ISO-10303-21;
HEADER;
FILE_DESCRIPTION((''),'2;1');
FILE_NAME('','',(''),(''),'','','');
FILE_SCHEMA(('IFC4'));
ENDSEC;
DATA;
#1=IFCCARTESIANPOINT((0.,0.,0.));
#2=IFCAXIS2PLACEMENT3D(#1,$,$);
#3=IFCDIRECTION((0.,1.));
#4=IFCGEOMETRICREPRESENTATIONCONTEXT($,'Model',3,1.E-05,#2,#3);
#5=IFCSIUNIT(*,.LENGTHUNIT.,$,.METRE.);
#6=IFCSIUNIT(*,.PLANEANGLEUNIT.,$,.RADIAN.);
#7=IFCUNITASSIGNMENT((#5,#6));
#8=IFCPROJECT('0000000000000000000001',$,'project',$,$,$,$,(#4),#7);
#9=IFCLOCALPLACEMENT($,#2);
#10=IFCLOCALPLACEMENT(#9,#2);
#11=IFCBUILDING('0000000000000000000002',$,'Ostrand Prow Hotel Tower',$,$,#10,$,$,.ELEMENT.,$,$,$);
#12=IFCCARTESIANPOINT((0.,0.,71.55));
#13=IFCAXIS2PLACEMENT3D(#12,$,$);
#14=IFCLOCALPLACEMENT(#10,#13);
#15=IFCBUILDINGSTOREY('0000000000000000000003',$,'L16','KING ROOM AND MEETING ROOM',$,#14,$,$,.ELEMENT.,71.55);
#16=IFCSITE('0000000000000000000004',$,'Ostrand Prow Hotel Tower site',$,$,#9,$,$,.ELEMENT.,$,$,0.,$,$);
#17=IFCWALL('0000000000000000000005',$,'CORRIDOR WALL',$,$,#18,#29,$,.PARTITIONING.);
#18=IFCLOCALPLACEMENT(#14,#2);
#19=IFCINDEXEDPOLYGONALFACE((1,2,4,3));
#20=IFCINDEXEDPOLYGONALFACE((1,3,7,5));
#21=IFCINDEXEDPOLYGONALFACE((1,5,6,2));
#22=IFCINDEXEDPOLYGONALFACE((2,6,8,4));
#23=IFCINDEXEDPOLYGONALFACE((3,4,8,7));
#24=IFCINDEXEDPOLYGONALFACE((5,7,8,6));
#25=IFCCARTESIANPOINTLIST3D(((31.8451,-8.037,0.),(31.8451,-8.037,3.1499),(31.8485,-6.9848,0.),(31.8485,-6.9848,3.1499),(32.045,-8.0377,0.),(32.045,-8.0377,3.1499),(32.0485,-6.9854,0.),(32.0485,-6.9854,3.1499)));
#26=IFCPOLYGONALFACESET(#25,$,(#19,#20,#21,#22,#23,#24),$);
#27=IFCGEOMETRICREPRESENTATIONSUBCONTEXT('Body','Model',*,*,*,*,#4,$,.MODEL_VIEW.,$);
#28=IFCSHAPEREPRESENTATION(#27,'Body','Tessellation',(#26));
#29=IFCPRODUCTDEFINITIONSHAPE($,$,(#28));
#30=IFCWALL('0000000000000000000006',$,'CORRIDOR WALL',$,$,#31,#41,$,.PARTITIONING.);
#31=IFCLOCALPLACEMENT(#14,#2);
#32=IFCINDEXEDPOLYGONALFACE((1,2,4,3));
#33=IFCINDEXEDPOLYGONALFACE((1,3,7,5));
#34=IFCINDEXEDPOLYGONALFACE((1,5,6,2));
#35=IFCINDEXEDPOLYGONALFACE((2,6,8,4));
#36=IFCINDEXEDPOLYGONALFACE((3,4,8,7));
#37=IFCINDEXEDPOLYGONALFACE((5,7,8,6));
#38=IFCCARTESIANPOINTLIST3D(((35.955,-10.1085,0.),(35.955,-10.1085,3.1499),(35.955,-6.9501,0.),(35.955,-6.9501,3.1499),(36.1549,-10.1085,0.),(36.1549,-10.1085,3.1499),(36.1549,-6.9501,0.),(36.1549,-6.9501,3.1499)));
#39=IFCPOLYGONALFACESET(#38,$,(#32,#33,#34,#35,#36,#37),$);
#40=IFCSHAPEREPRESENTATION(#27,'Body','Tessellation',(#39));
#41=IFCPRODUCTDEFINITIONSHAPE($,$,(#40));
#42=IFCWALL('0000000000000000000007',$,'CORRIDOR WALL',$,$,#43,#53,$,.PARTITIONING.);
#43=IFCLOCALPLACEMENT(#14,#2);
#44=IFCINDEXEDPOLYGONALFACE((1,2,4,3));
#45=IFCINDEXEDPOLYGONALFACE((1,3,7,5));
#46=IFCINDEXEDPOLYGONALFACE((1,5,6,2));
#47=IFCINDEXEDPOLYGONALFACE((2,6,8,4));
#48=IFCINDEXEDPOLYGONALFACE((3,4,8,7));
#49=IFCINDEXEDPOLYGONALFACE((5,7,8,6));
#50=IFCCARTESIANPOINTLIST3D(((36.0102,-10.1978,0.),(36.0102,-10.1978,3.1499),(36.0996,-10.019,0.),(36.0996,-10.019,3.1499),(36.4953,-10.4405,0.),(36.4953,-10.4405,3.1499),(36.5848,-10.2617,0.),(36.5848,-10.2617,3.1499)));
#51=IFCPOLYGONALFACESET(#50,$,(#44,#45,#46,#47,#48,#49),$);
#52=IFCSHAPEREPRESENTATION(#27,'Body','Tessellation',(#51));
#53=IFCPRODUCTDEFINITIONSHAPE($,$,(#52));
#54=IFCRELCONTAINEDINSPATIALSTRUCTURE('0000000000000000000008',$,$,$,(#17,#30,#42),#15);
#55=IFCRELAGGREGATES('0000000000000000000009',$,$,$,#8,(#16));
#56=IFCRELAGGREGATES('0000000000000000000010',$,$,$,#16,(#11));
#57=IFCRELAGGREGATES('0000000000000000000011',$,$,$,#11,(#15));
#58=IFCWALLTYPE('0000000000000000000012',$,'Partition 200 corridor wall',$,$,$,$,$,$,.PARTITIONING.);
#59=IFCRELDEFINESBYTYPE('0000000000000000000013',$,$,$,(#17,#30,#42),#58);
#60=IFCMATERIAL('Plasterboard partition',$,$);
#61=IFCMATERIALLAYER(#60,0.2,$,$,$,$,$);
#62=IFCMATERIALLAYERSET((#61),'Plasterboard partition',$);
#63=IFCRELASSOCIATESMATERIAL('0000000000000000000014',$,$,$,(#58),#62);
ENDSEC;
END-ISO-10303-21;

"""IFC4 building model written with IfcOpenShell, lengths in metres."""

from ifc_helpers import new_model, si_unit, direction, frame, frame_2d, origin, place, context, subcontext, project, spatial, rectangle, extrude, material, layer, layer_set, type_object, element, save


model = new_model("IFC4")

# Units and contexts
model_context = context("Model", 3, precision=1e-05, world=origin(), true_north=direction((0.0, 1.0)))
body_context = subcontext(model_context, "Body", "Model", "MODEL_VIEW")
ifc_project = project(units=[si_unit("LENGTHUNIT", "METRE"), si_unit("PLANEANGLEUNIT", "RADIAN")], contexts=[model_context])

# Site, building, storey
site_placement = place(None, origin())
site = spatial("IfcSite", under=ifc_project, at=site_placement, Name="Ostrand Prow Hotel Tower site", CompositionType="ELEMENT", RefElevation=0.0)
building_placement = place(site_placement, origin())
building = spatial("IfcBuilding", under=site, at=building_placement, Name="Ostrand Prow Hotel Tower", CompositionType="ELEMENT")
storey_placement = place(building_placement, frame((0.0, 0.0, 71.55)))
storey = spatial("IfcBuildingStorey", under=building, at=storey_placement, Name="L16", Description="KING ROOM AND MEETING ROOM", CompositionType="ELEMENT", Elevation=71.55)

# Shared definitions
ifc_material_1 = material(Name="Plasterboard partition")
ifc_layer_1 = layer(ifc_material_1, 0.2)
ifc_layer_set_1 = layer_set([ifc_layer_1], Name="Plasterboard partition")
wall_type_1 = type_object("IfcWallType", Name="Partition 200 corridor wall", PredefinedType="PARTITIONING", material=ifc_layer_set_1)

# Walls
wall_1_placement = place(storey_placement, frame((31.9485, -6.9851, 0.0), z_axis=(0.0, 0.0, 1.0), x_axis=(-0.003248, -0.999995, 0.0)))
element("IfcWall", 1, at=wall_1_placement, inside=storey, type_object=wall_type_1, Name="CORRIDOR WALL", PredefinedType="PARTITIONING", context=body_context, shape_type="SweptSolid", body=[
    extrude(rectangle(XDim=1.0522, YDim=0.2, at=frame_2d((0.5261, 0.0))), origin(), (0.0, 0.0, 1.0), 3.1499),
])
wall_2_placement = place(storey_placement, frame((36.0549, -10.1084, 0.0), z_axis=(0.0, 0.0, 1.0), x_axis=(0.0, 1.0, 0.0)))
element("IfcWall", 2, at=wall_2_placement, inside=storey, type_object=wall_type_1, Name="CORRIDOR WALL", PredefinedType="PARTITIONING", context=body_context, shape_type="SweptSolid", body=[
    extrude(rectangle(XDim=3.1584, YDim=0.2, at=frame_2d((1.5791, 0.0))), origin(), (0.0, 0.0, 1.0), 3.1499),
])
wall_3_placement = place(storey_placement, frame((36.54, -10.3511, 0.0), z_axis=(0.0, 0.0, 1.0), x_axis=(-0.894337, 0.447394, 0.0)))
element("IfcWall", 3, at=wall_3_placement, inside=storey, type_object=wall_type_1, Name="CORRIDOR WALL", PredefinedType="PARTITIONING", context=body_context, shape_type="SweptSolid", body=[
    extrude(rectangle(XDim=0.5425, YDim=0.2, at=frame_2d((0.2712, 0.0))), origin(), (0.0, 0.0, 1.0), 3.1499),
])

save(model, "model.ifc")
